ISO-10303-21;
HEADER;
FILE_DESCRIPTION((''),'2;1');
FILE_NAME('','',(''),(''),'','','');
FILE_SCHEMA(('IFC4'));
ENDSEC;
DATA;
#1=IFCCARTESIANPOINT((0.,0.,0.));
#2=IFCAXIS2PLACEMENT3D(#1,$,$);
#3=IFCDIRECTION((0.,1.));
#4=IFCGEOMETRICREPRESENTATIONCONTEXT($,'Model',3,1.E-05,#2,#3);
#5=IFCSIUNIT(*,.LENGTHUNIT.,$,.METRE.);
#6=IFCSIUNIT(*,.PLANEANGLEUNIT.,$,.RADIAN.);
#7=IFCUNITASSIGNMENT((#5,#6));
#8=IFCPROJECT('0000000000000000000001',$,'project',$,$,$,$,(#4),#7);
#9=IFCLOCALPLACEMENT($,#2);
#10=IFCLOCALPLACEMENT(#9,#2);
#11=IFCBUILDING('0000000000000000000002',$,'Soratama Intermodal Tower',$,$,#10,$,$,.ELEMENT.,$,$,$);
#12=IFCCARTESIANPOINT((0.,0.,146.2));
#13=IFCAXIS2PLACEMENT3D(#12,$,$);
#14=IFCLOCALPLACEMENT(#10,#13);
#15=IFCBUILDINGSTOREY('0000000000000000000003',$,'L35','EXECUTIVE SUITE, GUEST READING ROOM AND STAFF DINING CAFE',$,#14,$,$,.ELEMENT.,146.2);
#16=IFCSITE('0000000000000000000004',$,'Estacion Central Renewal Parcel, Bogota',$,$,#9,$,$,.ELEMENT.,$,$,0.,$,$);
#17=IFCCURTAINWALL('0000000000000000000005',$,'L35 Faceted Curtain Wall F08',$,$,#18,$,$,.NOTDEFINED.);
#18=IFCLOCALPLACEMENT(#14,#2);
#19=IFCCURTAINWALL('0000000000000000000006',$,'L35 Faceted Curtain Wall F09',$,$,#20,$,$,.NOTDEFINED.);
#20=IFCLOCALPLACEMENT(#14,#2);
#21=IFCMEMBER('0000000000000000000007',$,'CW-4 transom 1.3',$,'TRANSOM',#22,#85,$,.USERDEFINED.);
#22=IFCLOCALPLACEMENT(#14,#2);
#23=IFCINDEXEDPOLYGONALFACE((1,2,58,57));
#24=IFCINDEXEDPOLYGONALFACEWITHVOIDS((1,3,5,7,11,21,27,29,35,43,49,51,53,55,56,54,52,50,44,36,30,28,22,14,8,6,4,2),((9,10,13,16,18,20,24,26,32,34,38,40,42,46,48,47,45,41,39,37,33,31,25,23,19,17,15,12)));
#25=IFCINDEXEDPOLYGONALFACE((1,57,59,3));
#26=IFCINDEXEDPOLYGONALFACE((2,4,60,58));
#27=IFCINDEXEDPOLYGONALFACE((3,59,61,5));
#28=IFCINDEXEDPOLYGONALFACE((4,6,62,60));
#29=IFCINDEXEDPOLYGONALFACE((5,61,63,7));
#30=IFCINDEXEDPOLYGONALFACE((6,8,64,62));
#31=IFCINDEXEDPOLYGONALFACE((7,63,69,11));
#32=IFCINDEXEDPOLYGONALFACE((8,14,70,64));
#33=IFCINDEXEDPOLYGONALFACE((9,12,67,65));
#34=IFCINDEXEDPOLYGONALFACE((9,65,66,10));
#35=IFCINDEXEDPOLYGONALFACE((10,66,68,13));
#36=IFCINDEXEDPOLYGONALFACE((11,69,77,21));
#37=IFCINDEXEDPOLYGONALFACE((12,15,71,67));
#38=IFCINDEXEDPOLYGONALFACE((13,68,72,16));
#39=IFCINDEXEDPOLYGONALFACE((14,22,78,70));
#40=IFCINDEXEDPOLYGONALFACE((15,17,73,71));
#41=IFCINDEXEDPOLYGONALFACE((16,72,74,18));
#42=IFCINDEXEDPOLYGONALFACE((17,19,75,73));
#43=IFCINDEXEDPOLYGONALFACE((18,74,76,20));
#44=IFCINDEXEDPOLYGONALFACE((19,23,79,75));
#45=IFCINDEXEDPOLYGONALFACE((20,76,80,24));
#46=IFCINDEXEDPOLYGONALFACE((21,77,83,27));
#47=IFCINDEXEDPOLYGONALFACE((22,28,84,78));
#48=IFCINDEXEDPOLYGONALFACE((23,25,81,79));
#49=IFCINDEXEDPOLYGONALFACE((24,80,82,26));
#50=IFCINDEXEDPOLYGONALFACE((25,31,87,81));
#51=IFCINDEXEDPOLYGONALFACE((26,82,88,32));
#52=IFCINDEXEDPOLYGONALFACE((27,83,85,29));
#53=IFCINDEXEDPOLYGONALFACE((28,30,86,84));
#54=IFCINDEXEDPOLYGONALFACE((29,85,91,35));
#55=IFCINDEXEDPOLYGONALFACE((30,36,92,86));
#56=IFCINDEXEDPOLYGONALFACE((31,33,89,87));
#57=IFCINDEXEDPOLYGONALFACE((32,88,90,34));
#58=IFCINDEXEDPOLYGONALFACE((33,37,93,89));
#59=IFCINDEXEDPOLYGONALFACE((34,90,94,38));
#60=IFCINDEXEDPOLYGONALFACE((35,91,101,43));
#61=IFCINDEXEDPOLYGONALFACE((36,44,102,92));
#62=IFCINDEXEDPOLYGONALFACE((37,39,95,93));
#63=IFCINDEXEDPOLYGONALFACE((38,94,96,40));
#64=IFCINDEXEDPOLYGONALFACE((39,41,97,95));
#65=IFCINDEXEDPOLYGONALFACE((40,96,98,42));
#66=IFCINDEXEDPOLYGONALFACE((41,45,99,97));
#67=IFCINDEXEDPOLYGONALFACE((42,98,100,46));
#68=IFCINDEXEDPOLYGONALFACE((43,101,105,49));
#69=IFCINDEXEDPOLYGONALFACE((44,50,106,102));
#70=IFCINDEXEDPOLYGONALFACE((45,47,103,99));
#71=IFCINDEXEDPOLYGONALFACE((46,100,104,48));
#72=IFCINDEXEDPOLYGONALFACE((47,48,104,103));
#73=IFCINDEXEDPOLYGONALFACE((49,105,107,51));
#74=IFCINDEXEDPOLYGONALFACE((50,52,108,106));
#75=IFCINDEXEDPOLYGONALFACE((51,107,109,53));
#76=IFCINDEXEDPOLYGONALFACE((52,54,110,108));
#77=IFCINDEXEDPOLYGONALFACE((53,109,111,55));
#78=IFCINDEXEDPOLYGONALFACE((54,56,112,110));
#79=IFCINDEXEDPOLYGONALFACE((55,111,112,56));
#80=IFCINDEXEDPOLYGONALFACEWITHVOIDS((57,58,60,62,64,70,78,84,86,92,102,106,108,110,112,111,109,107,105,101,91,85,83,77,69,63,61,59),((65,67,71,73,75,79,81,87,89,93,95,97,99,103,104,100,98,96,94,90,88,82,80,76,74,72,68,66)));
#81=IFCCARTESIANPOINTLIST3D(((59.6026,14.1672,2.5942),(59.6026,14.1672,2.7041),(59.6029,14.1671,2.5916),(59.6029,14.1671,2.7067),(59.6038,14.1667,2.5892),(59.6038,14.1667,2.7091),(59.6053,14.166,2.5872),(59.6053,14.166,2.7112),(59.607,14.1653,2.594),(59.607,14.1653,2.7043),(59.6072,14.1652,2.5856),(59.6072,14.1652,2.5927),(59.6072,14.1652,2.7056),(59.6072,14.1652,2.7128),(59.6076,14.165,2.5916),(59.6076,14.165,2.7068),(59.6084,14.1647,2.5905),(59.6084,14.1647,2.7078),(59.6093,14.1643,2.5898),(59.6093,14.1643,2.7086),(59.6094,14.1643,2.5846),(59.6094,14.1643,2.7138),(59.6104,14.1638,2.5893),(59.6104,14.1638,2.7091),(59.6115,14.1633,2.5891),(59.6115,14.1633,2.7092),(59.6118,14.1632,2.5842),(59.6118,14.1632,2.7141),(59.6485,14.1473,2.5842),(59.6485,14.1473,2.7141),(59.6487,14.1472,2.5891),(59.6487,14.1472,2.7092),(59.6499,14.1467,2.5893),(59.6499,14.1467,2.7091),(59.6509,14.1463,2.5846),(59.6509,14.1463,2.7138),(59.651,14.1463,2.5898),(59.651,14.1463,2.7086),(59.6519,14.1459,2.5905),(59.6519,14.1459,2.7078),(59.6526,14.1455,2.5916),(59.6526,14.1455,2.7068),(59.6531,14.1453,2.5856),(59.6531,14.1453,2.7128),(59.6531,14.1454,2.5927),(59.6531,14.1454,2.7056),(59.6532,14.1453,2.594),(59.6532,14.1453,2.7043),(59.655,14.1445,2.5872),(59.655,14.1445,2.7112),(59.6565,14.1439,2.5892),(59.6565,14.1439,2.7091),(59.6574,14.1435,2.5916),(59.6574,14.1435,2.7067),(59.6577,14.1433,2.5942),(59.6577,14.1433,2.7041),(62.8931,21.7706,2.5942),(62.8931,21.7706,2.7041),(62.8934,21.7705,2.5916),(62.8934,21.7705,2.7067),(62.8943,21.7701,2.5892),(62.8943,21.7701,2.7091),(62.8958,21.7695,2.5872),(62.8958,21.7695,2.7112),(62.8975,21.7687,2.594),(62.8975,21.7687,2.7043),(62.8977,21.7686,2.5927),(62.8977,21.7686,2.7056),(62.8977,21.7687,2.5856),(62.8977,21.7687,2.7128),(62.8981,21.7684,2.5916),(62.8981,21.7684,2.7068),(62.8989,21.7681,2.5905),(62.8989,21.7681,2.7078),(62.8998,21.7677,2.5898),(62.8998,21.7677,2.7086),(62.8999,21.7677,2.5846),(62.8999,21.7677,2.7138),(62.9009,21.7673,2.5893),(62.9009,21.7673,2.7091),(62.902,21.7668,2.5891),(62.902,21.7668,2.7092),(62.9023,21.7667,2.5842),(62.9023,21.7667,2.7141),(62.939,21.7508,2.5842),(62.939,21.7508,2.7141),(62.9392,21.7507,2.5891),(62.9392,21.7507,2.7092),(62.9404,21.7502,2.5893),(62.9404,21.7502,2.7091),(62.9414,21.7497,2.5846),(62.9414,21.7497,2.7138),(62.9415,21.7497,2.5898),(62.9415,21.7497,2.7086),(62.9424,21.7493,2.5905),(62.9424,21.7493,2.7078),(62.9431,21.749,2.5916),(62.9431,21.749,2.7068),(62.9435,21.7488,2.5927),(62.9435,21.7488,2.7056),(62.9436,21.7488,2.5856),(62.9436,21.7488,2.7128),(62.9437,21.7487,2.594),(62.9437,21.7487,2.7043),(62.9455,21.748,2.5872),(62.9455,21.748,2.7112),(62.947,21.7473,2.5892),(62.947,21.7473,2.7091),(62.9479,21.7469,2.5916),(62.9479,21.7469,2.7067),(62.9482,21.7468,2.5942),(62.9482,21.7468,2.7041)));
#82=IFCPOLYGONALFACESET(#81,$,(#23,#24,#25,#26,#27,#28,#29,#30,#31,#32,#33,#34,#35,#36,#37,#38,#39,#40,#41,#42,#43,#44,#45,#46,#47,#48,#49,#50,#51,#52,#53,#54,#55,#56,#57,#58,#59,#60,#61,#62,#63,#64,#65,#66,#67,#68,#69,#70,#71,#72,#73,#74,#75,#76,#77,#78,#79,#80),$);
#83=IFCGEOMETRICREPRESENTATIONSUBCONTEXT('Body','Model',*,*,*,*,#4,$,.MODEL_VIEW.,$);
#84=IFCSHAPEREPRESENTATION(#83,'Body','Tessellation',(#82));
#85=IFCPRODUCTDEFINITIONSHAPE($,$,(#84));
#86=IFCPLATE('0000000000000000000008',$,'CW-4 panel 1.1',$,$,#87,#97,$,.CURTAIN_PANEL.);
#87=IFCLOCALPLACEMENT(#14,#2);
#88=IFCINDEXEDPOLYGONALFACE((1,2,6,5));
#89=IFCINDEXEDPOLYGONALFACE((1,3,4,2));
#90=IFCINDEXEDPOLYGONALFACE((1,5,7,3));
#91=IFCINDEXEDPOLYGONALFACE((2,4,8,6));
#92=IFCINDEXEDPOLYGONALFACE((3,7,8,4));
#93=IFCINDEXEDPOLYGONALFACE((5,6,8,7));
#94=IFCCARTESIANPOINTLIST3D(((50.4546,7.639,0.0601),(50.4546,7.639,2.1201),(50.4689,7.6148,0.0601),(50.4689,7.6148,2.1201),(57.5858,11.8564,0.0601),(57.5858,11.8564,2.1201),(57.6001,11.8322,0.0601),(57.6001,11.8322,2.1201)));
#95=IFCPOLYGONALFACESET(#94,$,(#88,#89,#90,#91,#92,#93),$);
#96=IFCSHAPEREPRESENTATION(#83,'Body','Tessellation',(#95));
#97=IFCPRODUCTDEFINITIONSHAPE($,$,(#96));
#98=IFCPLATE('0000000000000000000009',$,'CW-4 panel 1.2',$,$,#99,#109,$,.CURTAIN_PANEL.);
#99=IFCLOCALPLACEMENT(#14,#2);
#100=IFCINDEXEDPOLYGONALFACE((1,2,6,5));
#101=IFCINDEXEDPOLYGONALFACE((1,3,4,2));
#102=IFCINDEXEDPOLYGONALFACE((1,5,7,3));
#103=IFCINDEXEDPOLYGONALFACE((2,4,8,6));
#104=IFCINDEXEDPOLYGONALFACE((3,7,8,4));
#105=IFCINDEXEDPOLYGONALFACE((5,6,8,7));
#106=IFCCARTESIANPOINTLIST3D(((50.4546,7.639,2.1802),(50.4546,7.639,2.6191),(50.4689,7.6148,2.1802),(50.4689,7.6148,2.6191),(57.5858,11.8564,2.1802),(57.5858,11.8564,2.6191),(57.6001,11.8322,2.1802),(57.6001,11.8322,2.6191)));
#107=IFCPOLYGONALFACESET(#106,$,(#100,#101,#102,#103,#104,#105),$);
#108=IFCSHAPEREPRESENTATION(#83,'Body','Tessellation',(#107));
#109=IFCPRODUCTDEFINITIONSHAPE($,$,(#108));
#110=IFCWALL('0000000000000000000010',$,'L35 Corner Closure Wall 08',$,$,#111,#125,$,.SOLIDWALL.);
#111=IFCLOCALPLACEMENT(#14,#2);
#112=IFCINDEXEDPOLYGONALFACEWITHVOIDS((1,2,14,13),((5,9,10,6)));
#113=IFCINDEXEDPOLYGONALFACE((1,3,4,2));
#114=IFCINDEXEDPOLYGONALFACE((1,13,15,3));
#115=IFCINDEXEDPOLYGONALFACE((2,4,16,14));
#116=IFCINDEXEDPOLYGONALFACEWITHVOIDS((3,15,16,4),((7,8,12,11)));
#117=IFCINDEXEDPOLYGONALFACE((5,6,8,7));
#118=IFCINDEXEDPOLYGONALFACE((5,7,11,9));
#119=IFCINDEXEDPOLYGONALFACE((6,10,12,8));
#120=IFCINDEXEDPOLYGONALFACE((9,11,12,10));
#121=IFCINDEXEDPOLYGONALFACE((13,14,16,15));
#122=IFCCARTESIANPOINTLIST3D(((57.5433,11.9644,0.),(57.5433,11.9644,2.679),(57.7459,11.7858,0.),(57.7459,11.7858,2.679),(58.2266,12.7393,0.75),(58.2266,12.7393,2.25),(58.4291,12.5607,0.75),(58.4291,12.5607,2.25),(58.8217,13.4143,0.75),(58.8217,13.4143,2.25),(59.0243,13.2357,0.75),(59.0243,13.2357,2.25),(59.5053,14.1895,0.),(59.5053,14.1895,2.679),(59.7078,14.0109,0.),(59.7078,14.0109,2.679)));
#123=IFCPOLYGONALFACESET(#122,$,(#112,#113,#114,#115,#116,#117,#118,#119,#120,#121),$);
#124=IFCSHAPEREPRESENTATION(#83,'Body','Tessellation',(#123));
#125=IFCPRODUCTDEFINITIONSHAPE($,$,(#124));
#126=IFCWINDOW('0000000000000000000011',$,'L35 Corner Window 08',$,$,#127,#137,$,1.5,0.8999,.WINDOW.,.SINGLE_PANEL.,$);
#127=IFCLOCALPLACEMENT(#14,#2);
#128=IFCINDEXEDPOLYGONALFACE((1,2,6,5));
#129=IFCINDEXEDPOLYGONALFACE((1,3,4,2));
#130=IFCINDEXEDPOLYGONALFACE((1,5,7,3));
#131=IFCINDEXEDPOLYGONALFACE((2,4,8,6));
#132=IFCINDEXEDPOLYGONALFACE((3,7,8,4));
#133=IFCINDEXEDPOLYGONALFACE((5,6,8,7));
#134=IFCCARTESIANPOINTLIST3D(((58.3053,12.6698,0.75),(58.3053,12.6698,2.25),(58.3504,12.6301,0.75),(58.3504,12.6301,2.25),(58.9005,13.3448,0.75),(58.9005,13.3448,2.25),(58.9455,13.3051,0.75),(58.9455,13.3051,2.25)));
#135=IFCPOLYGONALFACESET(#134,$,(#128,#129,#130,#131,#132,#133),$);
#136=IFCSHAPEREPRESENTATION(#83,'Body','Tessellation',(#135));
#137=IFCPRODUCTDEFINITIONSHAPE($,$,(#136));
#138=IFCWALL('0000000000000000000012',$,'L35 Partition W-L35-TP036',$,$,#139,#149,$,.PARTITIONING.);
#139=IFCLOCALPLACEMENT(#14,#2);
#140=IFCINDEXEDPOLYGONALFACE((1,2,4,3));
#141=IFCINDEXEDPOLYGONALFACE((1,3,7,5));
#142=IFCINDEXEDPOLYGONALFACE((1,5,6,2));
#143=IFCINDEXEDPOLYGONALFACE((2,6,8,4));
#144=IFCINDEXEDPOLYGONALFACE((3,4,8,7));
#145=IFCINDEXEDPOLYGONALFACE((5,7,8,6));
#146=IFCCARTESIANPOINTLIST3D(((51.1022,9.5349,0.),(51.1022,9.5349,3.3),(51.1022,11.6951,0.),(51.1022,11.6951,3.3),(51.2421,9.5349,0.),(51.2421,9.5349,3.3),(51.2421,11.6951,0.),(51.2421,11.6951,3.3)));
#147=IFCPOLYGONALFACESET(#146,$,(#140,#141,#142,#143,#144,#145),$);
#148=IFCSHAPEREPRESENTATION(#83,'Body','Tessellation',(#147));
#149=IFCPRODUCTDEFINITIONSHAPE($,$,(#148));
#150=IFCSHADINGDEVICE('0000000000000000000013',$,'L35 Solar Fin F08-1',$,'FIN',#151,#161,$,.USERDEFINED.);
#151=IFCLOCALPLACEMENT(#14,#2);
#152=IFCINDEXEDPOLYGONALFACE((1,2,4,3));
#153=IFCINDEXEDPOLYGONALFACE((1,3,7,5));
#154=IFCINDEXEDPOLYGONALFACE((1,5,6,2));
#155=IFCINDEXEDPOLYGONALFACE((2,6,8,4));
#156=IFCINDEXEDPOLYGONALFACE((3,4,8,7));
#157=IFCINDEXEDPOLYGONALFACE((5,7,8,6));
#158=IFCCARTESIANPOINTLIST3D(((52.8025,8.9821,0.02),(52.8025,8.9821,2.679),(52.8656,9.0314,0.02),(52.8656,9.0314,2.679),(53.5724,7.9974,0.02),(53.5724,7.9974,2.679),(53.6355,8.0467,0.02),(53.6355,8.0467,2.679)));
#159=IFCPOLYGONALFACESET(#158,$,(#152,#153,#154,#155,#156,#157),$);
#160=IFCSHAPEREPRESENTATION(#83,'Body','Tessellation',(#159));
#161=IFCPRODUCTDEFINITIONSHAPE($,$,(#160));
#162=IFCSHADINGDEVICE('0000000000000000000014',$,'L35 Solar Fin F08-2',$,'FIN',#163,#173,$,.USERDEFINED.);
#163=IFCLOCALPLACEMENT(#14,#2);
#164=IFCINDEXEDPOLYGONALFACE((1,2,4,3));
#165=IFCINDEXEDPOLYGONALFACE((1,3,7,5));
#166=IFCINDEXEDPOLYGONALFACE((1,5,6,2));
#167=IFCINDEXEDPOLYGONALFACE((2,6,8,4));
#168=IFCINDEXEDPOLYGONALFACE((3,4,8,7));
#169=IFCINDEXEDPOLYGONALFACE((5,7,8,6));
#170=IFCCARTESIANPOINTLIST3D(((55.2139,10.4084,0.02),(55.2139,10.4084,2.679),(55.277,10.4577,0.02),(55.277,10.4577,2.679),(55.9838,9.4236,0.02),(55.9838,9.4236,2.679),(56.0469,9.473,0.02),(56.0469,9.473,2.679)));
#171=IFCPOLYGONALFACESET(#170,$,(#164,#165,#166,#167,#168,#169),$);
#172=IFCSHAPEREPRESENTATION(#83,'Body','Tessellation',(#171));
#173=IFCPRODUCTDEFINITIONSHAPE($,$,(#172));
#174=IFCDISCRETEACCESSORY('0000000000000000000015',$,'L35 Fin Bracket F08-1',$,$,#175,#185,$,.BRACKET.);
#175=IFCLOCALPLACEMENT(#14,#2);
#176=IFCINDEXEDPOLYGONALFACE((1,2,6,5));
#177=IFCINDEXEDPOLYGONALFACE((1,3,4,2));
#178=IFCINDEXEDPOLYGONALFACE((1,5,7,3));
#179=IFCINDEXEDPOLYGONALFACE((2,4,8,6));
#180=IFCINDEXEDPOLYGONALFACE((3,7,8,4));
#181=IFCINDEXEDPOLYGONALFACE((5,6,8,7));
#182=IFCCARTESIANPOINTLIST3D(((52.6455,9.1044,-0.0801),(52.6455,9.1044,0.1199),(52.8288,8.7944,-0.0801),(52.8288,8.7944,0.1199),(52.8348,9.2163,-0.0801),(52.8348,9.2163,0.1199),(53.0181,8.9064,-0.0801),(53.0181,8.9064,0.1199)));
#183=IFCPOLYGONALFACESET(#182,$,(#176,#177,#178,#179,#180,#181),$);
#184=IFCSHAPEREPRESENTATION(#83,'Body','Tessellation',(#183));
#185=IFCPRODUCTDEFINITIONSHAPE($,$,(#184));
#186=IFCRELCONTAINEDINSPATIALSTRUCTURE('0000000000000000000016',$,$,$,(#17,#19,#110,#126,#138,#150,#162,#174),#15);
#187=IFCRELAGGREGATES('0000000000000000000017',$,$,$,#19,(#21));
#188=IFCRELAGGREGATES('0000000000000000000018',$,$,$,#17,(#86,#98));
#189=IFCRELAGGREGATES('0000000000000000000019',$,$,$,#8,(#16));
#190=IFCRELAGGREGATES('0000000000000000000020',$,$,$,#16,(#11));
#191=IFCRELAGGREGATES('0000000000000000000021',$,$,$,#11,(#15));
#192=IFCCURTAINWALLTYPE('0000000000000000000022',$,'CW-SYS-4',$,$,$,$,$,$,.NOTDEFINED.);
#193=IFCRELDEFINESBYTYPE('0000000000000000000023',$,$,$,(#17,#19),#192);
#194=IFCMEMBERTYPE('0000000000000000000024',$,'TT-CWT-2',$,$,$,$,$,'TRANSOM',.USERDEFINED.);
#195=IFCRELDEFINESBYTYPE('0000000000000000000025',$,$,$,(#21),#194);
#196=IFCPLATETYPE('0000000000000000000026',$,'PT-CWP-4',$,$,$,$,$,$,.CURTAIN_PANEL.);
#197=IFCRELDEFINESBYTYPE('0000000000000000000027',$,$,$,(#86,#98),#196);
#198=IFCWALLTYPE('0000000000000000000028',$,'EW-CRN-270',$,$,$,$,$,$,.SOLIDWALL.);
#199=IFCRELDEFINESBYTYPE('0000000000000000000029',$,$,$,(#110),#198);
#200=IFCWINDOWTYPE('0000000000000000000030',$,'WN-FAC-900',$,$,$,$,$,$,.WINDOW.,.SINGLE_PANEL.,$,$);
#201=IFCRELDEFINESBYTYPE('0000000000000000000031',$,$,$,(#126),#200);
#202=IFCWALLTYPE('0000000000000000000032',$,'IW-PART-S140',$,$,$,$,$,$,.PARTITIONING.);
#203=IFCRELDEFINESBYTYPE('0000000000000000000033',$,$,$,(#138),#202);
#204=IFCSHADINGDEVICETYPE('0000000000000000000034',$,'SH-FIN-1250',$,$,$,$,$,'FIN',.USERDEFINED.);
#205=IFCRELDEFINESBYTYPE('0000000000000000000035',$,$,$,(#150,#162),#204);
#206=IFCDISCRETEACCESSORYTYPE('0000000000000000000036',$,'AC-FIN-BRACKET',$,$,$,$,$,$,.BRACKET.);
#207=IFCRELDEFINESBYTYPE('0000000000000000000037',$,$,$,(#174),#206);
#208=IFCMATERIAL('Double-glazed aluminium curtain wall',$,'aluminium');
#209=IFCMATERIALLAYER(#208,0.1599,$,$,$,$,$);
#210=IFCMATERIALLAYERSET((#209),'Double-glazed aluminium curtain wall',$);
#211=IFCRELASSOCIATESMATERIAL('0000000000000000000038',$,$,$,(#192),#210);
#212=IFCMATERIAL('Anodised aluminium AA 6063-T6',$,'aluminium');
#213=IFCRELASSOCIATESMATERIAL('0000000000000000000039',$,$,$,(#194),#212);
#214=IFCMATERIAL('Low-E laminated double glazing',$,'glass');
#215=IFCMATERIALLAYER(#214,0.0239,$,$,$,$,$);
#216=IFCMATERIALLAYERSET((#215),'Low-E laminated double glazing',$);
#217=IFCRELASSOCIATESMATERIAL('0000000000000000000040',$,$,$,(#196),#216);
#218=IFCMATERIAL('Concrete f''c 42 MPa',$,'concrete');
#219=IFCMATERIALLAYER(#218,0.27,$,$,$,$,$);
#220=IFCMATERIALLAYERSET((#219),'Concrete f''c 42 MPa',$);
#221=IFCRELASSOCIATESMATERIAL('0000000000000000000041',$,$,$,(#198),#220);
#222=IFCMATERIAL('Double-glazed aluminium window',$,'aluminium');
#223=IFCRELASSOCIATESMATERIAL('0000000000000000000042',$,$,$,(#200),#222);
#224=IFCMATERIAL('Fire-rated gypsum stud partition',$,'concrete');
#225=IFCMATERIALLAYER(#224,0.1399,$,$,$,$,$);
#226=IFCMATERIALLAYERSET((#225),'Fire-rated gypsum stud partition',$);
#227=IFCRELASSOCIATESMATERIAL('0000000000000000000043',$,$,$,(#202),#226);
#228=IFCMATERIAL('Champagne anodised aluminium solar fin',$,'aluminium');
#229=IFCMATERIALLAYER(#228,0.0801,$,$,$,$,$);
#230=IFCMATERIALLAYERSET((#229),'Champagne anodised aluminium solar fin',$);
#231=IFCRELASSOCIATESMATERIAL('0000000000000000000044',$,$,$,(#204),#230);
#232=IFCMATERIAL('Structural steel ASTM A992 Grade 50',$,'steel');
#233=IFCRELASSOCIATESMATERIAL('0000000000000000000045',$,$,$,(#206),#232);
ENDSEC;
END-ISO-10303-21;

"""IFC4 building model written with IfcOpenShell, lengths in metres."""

from ifc_helpers import new_model, si_unit, direction, frame, frame_2d, origin, origin_2d, place, context, subcontext, project, spatial, rectangle, hollow_rectangle, extrude, material, layer, layer_set, material_profile, profile_set, type_object, element, fill, aggregate, save


model = new_model("IFC4")

# Units and contexts
model_context = context("Model", 3, precision=1e-05, world=origin(), true_north=direction((0.0, 1.0)))
body_context = subcontext(model_context, "Body", "Model", "MODEL_VIEW")
ifc_project = project(units=[si_unit("LENGTHUNIT", "METRE"), si_unit("PLANEANGLEUNIT", "RADIAN")], contexts=[model_context])

# Site, building, storey
site_placement = place(None, origin())
site = spatial("IfcSite", under=ifc_project, at=site_placement, Name="Estacion Central Renewal Parcel, Bogota", CompositionType="ELEMENT", RefElevation=0.0)
building_placement = place(site_placement, origin())
building = spatial("IfcBuilding", under=site, at=building_placement, Name="Soratama Intermodal Tower", CompositionType="ELEMENT")
storey_placement = place(building_placement, frame((0.0, 0.0, 146.2)))
storey = spatial("IfcBuildingStorey", under=building, at=storey_placement, Name="L35", Description="EXECUTIVE SUITE, GUEST READING ROOM AND STAFF DINING CAFE", CompositionType="ELEMENT", Elevation=146.2)

# Curtain wall
ifc_material_1 = material(Name="Double-glazed aluminium curtain wall", Category="aluminium")
ifc_layer_1 = layer(ifc_material_1, 0.1599)
ifc_layer_set_1 = layer_set([ifc_layer_1], Name="Double-glazed aluminium curtain wall")
curtain_wall_type = type_object("IfcCurtainWallType", Name="CW-SYS-4", PredefinedType="NOTDEFINED", material=ifc_layer_set_1)
curtain_wall_1_placement = place(storey_placement, origin())
curtain_wall_1 = element("IfcCurtainWall", 1, at=curtain_wall_1_placement, inside=storey, type_object=curtain_wall_type, Name="L35 Faceted Curtain Wall F08", PredefinedType="NOTDEFINED")

# Curtain wall, member
curtain_wall_2_placement = place(storey_placement, origin())
curtain_wall_2 = element("IfcCurtainWall", 2, at=curtain_wall_2_placement, inside=storey, type_object=curtain_wall_type, Name="L35 Faceted Curtain Wall F09", PredefinedType="NOTDEFINED")
ifc_material_2 = material(Name="Anodised aluminium AA 6063-T6", Category="aluminium")
ifc_material_profile_1 = material_profile(ifc_material_2, hollow_rectangle(XDim=0.0601, YDim=0.1299, WallThickness=0.0049, InnerFilletRadius=0.0049, OuterFilletRadius=0.01, at=origin_2d()), Name="CWT130X60X5")
ifc_profile_set_1 = profile_set([ifc_material_profile_1], Name="Anodised aluminium AA 6063-T6")
member_type_1 = type_object("IfcMemberType", Name="TT-CWT-2", ElementType="TRANSOM", PredefinedType="USERDEFINED", material=ifc_profile_set_1)
member_1_placement = place(storey_placement, frame((59.6301, 14.1553, 2.6492), z_axis=(0.397167, 0.917746, 0.0), x_axis=(-0.917746, 0.397167, 0.0)))
member_1 = element("IfcMember", 3, at=member_1_placement, type_object=member_type_1, Name="CW-4 transom 1.3", ObjectType="TRANSOM", PredefinedType="USERDEFINED", context=body_context, shape_type="SweptSolid", body=[
    extrude(hollow_rectangle(XDim=0.0601, YDim=0.1299, WallThickness=0.0049, InnerFilletRadius=0.0049, OuterFilletRadius=0.01, at=origin_2d()), origin(), (0.0, 0.0, 1.0), 8.2849),
])
aggregate(curtain_wall_2, [member_1])

# Plates
ifc_material_3 = material(Name="Low-E laminated double glazing", Category="glass")
ifc_layer_2 = layer(ifc_material_3, 0.0239)
ifc_layer_set_2 = layer_set([ifc_layer_2], Name="Low-E laminated double glazing")
plate_type = type_object("IfcPlateType", Name="PT-CWP-4", PredefinedType="CURTAIN_PANEL", material=ifc_layer_set_2)
plate_1_placement = place(storey_placement, frame((54.0273, 9.7356, 0.0601), z_axis=(0.0, 0.0, 1.0), x_axis=(0.860741, 0.509044, 0.0)))
plate_1 = element("IfcPlate", 4, at=plate_1_placement, type_object=plate_type, Name="CW-4 panel 1.1", PredefinedType="CURTAIN_PANEL", context=body_context, shape_type="SweptSolid", body=[
    extrude(rectangle(XDim=8.2849, YDim=0.0281, at=origin_2d()), origin(), (0.0, 0.0, 1.0), 2.0601),
])
plate_2_placement = place(storey_placement, frame((54.0273, 9.7356, 2.1802), z_axis=(0.0, 0.0, 1.0), x_axis=(0.860741, 0.509044, 0.0)))
plate_2 = element("IfcPlate", 5, at=plate_2_placement, type_object=plate_type, Name="CW-4 panel 1.2", PredefinedType="CURTAIN_PANEL", context=body_context, shape_type="SweptSolid", body=[
    extrude(rectangle(XDim=8.2849, YDim=0.0281, at=origin_2d()), origin(), (0.0, 0.0, 1.0), 0.439),
])
aggregate(curtain_wall_1, [plate_1, plate_2])

# Wall, opening, window
ifc_material_4 = material(Name="Concrete f'c 42 MPa", Category="concrete")
ifc_layer_3 = layer(ifc_material_4, 0.27)
ifc_layer_set_3 = layer_set([ifc_layer_3], Name="Concrete f'c 42 MPa")
wall_type_1 = type_object("IfcWallType", Name="EW-CRN-270", PredefinedType="SOLIDWALL", material=ifc_layer_set_3)
wall_1_placement = place(storey_placement, frame((57.6445, 11.875, 0.0), z_axis=(0.0, 0.0, 1.0), x_axis=(0.661355, 0.750073, 0.0)))
wall_1 = element("IfcWall", 6, at=wall_1_placement, inside=storey, type_object=wall_type_1, Name="L35 Corner Closure Wall 08", PredefinedType="SOLIDWALL", context=body_context, shape_type="SweptSolid", body=[
    extrude(rectangle(XDim=2.9666, YDim=0.27, at=frame_2d((1.4834, 0.0))), origin(), (0.0, 0.0, 1.0), 2.679),
])
opening_placement = place(wall_1_placement, frame((1.0332, 0.0, 0.75)))
opening = element("IfcOpeningElement", 7, at=opening_placement, cuts=wall_1, PredefinedType="OPENING", context=body_context, shape_type="SweptSolid", body=[
    extrude(rectangle(XDim=0.8999, YDim=1.5, at=frame_2d((0.45, 0.75))), frame((0.0, 0.145, 0.0), z_axis=(0.0, -1.0, 0.0), x_axis=(1.0, 0.0, 0.0)), (0.0, 0.0, 1.0), 0.29),
])
ifc_material_5 = material(Name="Double-glazed aluminium window", Category="aluminium")
window_type = type_object("IfcWindowType", Name="WN-FAC-900", PartitioningType="SINGLE_PANEL", PredefinedType="WINDOW", material=ifc_material_5)
window_placement = place(opening_placement, origin())
window = element("IfcWindow", 8, at=window_placement, inside=storey, type_object=window_type, Name="L35 Corner Window 08", OverallHeight=1.5, OverallWidth=0.8999, PartitioningType="SINGLE_PANEL", PredefinedType="WINDOW", context=body_context, shape_type="SweptSolid", body=[
    extrude(rectangle(XDim=0.8999, YDim=1.5, at=frame_2d((0.45, 0.75))), frame((0.0, 0.03, 0.0), z_axis=(0.0, -1.0, 0.0), x_axis=(1.0, 0.0, 0.0)), (0.0, 0.0, 1.0), 0.0601),
])
fill(opening, window)

# Wall
ifc_material_6 = material(Name="Fire-rated gypsum stud partition", Category="concrete")
ifc_layer_4 = layer(ifc_material_6, 0.1399)
ifc_layer_set_4 = layer_set([ifc_layer_4], Name="Fire-rated gypsum stud partition")
wall_type_2 = type_object("IfcWallType", Name="IW-PART-S140", PredefinedType="PARTITIONING", material=ifc_layer_set_4)
wall_2_placement = place(storey_placement, frame((51.1721, 9.5349, 0.0), z_axis=(0.0, 0.0, 1.0), x_axis=(0.0, 1.0, 0.0)))
element("IfcWall", 9, at=wall_2_placement, inside=storey, type_object=wall_type_2, Name="L35 Partition W-L35-TP036", PredefinedType="PARTITIONING", context=body_context, shape_type="SweptSolid", body=[
    extrude(rectangle(XDim=2.1602, YDim=0.1399, at=frame_2d((1.0801, 0.0))), origin(), (0.0, 0.0, 1.0), 3.3),
])

# Shading devices
ifc_material_7 = material(Name="Champagne anodised aluminium solar fin", Category="aluminium")
ifc_layer_5 = layer(ifc_material_7, 0.0801)
ifc_layer_set_5 = layer_set([ifc_layer_5], Name="Champagne anodised aluminium solar fin")
shading_device_type = type_object("IfcShadingDeviceType", Name="SH-FIN-1250", ElementType="FIN", PredefinedType="USERDEFINED", material=ifc_layer_set_5)
for number, where, z_axis, x_axis, name in (
    (10, (53.219, 8.5144, 0.02), (0.0, 0.0, 1.0), (0.615937, -0.787796, 0.0), "L35 Solar Fin F08-1"),
    (11, (55.6304, 9.9407, 0.02), (0.0, 0.0, 1.0), (0.615937, -0.787796, 0.0), "L35 Solar Fin F08-2"),
):
    element("IfcShadingDevice", number, at=place(storey_placement, frame(where, z_axis=z_axis, x_axis=x_axis)), inside=storey, type_object=shading_device_type, Name=name, ObjectType="FIN", PredefinedType="USERDEFINED", context=body_context, shape_type="SweptSolid", body=[
        extrude(rectangle(XDim=1.25, YDim=0.0801, at=origin_2d()), origin(), (0.0, 0.0, 1.0), 2.6589),
    ])

# Discrete accessory
ifc_material_8 = material(Name="Structural steel ASTM A992 Grade 50", Category="steel")
discrete_accessory_type = type_object("IfcDiscreteAccessoryType", Name="AC-FIN-BRACKET", PredefinedType="BRACKET", material=ifc_material_8)
for number, where, z_axis, x_axis, name in (
    (12, (52.8318, 9.0054, -0.0801), (0.0, 0.0, 1.0), (0.509041, -0.860742, 0.0), "L35 Fin Bracket F08-1"),
):
    element("IfcDiscreteAccessory", number, at=place(storey_placement, frame(where, z_axis=z_axis, x_axis=x_axis)), inside=storey, type_object=discrete_accessory_type, Name=name, PredefinedType="BRACKET", context=body_context, shape_type="SweptSolid", body=[
        extrude(rectangle(XDim=0.3601, YDim=0.22, at=origin_2d()), origin(), (0.0, 0.0, 1.0), 0.2),
    ])

save(model, "model.ifc")
